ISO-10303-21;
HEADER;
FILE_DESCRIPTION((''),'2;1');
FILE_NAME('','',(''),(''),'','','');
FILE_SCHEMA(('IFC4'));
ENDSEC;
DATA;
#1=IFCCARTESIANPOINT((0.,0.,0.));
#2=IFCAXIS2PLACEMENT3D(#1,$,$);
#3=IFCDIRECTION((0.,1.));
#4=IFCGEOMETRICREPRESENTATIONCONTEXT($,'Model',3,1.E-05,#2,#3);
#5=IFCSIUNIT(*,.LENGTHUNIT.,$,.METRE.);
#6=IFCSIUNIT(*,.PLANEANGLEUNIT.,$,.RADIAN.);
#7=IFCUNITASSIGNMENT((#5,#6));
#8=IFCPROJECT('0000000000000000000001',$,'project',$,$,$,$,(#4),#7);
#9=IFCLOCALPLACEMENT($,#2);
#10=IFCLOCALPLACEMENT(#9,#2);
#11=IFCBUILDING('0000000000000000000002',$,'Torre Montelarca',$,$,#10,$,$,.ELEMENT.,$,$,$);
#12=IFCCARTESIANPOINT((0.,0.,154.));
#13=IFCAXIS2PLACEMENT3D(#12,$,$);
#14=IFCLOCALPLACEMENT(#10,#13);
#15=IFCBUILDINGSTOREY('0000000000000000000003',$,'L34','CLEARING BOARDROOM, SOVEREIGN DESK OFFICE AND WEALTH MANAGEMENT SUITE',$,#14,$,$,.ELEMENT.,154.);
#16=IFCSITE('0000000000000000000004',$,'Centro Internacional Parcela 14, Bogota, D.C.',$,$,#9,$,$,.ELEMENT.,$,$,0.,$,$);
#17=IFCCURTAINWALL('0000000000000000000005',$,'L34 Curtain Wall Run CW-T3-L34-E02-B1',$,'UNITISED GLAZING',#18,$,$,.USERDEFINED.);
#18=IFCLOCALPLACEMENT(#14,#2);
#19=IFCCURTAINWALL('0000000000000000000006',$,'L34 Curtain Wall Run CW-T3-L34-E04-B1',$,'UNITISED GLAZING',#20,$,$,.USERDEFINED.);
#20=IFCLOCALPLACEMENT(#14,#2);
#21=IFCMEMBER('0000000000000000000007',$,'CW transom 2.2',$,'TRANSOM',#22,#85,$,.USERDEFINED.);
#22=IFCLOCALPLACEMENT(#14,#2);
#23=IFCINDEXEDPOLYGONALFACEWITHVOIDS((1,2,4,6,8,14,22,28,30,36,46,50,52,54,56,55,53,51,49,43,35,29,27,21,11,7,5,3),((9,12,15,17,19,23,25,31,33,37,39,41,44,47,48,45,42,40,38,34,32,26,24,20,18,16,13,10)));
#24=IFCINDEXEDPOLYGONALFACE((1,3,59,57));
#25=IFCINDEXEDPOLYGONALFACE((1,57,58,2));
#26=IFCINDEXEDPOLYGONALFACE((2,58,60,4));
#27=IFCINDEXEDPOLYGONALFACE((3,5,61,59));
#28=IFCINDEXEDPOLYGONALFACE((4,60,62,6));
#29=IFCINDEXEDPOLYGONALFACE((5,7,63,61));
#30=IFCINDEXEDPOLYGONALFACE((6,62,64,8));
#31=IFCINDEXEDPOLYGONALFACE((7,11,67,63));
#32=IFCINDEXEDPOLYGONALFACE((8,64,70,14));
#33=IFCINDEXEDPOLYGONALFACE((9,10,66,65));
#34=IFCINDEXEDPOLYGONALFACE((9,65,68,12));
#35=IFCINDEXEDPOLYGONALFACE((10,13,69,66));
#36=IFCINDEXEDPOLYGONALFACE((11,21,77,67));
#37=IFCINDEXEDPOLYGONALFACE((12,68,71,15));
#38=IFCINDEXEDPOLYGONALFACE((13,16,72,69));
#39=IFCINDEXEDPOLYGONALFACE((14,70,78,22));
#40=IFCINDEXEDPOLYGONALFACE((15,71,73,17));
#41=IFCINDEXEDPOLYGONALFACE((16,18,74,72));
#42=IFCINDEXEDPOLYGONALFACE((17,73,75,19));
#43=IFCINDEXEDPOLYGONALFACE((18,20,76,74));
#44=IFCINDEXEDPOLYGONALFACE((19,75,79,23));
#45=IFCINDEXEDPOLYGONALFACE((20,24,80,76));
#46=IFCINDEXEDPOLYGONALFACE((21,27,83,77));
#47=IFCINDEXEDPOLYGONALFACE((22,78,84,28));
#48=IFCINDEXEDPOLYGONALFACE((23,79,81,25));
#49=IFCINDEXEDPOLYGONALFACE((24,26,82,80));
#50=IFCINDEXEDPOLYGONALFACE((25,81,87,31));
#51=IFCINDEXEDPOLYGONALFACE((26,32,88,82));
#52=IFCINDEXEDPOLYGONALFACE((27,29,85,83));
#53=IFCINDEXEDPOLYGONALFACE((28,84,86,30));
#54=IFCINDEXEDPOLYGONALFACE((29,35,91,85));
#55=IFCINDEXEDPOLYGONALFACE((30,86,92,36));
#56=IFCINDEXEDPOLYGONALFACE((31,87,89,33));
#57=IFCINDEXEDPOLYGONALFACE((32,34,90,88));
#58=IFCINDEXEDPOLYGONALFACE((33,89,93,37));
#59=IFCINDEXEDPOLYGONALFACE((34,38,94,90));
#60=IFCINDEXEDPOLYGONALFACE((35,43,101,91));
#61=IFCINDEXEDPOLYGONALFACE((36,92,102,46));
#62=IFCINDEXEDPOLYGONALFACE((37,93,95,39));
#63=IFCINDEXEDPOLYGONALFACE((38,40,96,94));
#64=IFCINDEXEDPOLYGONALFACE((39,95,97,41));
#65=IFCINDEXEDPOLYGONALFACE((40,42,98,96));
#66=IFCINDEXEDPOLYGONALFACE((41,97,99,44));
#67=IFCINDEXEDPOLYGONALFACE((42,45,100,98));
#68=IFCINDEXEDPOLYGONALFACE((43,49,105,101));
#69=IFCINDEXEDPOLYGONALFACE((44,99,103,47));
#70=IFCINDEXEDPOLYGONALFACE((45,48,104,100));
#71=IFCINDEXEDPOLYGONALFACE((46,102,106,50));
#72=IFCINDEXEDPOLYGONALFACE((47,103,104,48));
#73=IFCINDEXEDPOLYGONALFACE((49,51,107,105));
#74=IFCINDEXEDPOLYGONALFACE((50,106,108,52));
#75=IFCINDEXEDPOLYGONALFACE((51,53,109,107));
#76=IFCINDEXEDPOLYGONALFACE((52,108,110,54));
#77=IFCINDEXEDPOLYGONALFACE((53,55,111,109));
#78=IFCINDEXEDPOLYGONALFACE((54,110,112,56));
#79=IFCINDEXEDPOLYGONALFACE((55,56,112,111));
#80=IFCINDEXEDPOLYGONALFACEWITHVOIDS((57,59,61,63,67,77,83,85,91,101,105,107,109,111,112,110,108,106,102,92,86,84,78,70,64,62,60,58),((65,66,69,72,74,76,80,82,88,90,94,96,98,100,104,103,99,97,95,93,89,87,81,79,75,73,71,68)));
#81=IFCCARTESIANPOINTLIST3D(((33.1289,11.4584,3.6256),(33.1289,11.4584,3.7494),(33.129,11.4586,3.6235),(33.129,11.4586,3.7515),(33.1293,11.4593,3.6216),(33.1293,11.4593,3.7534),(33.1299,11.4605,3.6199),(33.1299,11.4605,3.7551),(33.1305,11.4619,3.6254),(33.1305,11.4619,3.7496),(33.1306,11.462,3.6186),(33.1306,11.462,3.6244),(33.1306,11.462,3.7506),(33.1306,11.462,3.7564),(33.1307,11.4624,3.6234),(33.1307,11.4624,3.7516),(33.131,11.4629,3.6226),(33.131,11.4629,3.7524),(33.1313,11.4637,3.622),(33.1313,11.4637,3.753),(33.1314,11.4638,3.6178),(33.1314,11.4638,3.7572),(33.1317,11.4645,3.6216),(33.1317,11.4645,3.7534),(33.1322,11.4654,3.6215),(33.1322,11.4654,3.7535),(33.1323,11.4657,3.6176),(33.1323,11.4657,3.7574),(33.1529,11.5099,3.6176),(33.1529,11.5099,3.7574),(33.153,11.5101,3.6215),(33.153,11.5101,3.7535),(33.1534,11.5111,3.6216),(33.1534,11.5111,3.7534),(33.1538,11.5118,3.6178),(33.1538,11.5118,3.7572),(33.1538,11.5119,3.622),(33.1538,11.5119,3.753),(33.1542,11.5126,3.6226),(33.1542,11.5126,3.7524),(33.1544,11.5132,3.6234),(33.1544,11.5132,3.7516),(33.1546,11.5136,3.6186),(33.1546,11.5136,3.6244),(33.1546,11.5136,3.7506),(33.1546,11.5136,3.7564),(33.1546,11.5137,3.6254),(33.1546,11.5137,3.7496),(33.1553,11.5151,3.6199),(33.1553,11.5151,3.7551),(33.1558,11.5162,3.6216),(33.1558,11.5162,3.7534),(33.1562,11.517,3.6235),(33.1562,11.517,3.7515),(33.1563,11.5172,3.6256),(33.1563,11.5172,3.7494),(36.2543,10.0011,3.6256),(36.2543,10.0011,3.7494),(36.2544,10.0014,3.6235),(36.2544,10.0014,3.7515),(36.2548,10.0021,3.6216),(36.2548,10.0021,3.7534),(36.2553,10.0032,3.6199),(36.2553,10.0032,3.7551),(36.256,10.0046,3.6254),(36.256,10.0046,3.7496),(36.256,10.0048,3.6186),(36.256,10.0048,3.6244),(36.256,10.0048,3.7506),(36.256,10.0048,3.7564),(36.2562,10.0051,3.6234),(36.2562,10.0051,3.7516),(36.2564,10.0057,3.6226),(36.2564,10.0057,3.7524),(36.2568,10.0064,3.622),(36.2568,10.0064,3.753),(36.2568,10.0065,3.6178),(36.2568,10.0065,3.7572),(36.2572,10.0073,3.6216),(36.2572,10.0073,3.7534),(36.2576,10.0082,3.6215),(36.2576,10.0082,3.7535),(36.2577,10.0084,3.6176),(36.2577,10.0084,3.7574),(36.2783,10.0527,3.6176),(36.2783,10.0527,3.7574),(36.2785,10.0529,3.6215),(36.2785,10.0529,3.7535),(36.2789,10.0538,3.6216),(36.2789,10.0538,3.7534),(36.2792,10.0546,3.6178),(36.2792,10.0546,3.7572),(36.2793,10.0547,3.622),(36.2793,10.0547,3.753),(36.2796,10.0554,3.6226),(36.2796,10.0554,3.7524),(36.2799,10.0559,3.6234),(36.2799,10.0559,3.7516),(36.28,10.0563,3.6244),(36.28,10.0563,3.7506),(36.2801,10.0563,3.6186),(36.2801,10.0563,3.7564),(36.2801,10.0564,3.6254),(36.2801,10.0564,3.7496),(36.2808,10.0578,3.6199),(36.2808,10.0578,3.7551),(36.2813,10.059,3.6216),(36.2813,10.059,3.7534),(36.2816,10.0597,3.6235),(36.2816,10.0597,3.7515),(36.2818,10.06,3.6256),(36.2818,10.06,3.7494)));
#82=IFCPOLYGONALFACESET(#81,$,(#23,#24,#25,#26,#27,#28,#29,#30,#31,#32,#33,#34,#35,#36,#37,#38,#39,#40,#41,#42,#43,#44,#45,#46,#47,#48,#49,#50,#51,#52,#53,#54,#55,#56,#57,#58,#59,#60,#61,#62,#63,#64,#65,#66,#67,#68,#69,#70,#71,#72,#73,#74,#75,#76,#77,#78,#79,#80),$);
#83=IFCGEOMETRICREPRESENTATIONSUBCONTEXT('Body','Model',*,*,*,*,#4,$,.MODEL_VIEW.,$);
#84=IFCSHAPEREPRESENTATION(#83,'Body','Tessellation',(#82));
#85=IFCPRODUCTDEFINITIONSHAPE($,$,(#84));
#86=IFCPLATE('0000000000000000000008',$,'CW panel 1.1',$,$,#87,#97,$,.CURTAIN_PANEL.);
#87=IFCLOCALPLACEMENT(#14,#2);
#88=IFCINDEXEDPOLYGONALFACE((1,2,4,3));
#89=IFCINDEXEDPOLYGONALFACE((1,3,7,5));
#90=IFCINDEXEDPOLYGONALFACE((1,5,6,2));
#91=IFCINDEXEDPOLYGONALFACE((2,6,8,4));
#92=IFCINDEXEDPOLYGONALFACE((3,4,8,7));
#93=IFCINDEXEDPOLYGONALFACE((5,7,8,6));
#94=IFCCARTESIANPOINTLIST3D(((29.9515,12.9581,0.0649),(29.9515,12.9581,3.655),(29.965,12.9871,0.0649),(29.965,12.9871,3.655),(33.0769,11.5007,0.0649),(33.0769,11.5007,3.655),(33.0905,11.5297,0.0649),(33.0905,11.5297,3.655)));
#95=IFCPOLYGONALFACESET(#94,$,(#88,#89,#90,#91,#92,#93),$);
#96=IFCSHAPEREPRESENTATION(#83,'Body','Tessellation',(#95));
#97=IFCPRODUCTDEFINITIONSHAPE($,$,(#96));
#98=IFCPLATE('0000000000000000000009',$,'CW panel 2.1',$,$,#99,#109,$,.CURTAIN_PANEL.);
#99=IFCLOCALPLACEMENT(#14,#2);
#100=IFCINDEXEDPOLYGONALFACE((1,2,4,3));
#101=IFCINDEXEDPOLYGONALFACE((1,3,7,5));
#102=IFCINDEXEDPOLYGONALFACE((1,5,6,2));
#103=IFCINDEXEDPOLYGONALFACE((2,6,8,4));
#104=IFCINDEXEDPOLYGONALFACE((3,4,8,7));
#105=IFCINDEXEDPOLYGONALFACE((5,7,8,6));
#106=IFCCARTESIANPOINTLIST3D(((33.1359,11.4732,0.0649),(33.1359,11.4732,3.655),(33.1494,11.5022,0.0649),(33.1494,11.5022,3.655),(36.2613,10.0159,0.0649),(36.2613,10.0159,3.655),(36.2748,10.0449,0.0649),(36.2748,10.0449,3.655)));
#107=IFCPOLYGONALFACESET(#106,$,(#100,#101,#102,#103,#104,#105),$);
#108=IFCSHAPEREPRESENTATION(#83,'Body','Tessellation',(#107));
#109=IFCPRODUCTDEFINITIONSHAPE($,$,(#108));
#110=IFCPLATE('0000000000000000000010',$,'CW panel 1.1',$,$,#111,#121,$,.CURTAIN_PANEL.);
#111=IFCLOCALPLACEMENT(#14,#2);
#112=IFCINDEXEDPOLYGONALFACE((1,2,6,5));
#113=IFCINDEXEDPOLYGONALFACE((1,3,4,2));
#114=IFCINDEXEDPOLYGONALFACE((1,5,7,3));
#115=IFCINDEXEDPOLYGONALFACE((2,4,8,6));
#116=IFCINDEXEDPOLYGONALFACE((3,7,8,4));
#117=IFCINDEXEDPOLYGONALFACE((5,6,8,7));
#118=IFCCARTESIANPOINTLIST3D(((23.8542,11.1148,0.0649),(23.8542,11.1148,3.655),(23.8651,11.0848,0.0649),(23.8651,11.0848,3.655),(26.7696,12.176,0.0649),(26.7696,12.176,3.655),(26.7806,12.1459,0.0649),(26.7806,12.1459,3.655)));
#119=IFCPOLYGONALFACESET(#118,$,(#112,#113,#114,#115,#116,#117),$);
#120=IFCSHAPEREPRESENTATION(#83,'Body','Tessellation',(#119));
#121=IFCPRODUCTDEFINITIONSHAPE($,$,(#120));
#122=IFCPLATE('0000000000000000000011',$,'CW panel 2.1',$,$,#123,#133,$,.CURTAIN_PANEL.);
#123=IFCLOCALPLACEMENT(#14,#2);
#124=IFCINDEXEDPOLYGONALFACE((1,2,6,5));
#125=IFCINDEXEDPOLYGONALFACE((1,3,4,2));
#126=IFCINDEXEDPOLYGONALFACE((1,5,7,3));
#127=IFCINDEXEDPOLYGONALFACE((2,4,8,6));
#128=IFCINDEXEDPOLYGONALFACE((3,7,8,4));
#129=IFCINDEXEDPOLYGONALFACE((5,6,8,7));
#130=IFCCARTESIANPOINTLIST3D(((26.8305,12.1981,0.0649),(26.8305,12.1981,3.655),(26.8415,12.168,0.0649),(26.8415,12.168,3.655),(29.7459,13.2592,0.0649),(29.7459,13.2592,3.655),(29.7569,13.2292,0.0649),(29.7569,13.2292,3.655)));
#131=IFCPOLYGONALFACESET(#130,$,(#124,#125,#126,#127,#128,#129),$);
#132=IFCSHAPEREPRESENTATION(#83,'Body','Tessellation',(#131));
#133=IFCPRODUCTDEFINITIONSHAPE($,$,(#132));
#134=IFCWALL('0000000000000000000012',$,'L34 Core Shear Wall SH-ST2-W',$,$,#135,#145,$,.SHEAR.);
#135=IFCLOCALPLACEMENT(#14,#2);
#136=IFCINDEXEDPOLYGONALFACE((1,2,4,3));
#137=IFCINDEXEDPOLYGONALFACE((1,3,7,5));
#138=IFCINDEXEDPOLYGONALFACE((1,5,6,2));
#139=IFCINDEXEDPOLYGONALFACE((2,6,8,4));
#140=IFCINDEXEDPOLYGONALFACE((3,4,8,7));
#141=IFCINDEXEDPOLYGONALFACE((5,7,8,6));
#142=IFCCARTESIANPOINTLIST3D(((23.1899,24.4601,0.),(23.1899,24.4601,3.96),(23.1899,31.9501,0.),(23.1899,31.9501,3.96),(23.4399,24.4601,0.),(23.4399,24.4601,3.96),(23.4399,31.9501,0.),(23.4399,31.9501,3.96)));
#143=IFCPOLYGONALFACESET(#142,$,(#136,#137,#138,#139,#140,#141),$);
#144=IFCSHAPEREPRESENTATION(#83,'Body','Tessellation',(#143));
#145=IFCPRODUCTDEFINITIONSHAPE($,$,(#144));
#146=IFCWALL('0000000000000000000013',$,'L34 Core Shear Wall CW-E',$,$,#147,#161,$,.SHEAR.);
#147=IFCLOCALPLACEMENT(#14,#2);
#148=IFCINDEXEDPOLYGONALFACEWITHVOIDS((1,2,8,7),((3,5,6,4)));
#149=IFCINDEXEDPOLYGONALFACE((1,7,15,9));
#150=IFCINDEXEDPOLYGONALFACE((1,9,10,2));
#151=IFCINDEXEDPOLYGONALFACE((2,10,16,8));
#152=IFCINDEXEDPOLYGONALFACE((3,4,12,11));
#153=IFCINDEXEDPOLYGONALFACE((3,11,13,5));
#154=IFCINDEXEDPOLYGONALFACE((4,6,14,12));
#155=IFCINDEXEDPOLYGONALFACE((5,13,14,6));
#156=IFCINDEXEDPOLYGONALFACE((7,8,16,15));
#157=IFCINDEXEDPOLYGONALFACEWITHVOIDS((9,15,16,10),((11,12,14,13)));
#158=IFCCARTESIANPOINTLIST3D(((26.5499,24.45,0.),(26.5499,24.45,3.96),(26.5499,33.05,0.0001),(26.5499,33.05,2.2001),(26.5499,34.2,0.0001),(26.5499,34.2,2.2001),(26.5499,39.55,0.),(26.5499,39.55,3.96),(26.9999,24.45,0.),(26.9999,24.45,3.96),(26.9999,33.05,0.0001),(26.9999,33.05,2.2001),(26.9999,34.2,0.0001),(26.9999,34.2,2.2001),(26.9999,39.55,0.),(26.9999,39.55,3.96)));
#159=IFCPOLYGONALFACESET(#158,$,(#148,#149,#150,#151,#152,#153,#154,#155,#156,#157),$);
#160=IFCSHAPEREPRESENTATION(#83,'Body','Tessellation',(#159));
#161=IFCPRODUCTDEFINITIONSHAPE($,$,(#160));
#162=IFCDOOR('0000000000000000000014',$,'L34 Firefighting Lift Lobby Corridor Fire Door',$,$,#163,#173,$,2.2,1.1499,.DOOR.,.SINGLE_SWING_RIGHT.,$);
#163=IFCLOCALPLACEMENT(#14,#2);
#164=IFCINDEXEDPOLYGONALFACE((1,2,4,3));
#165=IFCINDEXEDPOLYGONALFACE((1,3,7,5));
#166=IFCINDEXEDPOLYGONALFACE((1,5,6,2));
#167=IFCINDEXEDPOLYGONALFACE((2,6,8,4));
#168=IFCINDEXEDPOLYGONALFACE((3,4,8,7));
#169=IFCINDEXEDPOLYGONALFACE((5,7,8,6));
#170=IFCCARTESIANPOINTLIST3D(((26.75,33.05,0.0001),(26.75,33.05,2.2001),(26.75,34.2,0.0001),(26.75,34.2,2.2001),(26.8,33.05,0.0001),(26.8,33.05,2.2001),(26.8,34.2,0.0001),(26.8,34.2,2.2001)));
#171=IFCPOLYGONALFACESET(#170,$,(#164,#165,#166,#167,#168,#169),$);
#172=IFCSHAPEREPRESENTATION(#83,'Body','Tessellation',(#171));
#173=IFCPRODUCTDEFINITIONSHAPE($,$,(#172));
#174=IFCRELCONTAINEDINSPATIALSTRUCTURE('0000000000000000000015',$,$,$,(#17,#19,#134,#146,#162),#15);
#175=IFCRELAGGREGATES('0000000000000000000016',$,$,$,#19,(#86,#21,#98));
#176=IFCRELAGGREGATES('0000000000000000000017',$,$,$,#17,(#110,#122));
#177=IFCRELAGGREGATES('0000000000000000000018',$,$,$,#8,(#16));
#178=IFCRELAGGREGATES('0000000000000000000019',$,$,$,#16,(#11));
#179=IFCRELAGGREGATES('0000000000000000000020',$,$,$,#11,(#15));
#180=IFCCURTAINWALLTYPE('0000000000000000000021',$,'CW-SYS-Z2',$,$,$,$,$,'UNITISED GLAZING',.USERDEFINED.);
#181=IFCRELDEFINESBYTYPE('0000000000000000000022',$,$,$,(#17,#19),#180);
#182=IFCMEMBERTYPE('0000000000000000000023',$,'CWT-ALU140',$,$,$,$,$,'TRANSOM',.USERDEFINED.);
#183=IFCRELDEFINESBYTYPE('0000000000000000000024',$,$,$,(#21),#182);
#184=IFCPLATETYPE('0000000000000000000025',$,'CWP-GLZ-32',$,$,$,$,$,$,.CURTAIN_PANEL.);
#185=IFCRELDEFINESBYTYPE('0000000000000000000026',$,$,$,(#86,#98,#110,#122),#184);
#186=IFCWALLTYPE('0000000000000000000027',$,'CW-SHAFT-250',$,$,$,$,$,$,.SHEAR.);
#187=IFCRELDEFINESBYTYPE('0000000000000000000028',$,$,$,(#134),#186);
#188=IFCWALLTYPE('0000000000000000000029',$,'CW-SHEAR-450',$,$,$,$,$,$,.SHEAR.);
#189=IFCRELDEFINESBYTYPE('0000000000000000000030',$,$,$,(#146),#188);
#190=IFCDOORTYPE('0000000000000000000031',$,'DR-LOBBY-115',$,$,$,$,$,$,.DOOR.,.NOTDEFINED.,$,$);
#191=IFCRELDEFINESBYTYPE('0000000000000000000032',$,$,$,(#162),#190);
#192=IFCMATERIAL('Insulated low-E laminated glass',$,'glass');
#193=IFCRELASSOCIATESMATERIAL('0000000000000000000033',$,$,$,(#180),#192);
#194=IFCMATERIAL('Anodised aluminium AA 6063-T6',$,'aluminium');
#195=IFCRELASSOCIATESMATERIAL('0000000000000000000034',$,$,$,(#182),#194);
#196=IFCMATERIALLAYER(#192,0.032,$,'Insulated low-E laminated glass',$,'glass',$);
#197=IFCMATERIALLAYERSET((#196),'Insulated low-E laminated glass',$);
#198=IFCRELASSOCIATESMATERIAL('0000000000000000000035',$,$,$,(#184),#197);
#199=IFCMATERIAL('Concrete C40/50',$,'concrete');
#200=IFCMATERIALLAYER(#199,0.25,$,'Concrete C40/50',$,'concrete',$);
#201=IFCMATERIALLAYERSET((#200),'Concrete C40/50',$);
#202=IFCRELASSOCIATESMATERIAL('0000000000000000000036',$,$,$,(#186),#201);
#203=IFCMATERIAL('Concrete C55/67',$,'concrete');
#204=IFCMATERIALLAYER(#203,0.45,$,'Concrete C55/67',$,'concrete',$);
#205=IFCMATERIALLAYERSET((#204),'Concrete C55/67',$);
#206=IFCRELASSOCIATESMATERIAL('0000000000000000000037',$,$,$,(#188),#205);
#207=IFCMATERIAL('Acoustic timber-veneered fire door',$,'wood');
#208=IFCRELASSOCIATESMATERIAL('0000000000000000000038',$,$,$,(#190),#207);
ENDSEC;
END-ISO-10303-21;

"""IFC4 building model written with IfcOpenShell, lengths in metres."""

from ifc_helpers import new_model, si_unit, direction, frame, frame_2d, origin, origin_2d, place, context, subcontext, project, spatial, rectangle, hollow_rectangle, extrude, source, transform, mapped, material, layer, layer_set, material_profile, profile_set, type_object, element, fill, aggregate, save


model = new_model("IFC4")

# Units and contexts
model_context = context("Model", 3, precision=1e-05, world=origin(), true_north=direction((0.0, 1.0)))
body_context = subcontext(model_context, "Body", "Model", "MODEL_VIEW")
ifc_project = project(units=[si_unit("LENGTHUNIT", "METRE"), si_unit("PLANEANGLEUNIT", "RADIAN")], contexts=[model_context])

# Site, building, storey
site_placement = place(None, origin())
site = spatial("IfcSite", under=ifc_project, at=site_placement, Name="Centro Internacional Parcela 14, Bogota, D.C.", CompositionType="ELEMENT", RefElevation=0.0)
building_placement = place(site_placement, origin())
building = spatial("IfcBuilding", under=site, at=building_placement, Name="Torre Montelarca", CompositionType="ELEMENT")
storey_placement = place(building_placement, frame((0.0, 0.0, 154.0)))
storey = spatial("IfcBuildingStorey", under=building, at=storey_placement, Name="L34", Description="CLEARING BOARDROOM, SOVEREIGN DESK OFFICE AND WEALTH MANAGEMENT SUITE", CompositionType="ELEMENT", Elevation=154.0)

# Shared definitions
ifc_material_1 = material(Name="Concrete C55/67", Category="concrete")

# Curtain wall
ifc_material_2 = material(Name="Insulated low-E laminated glass", Category="glass")
curtain_wall_type = type_object("IfcCurtainWallType", Name="CW-SYS-Z2", ElementType="UNITISED GLAZING", PredefinedType="USERDEFINED", material=ifc_material_2)
curtain_wall_1_placement = place(storey_placement, origin())
curtain_wall_1 = element("IfcCurtainWall", 1, at=curtain_wall_1_placement, inside=storey, type_object=curtain_wall_type, Name="L34 Curtain Wall Run CW-T3-L34-E02-B1", ObjectType="UNITISED GLAZING", PredefinedType="USERDEFINED")
ifc_material_3 = material(Name="Anodised aluminium AA 6063-T6", Category="aluminium")
ifc_material_profile_1 = material_profile(ifc_material_3, hollow_rectangle(XDim=0.0649, YDim=0.1399, WallThickness=0.0039, InnerFilletRadius=0.0039, OuterFilletRadius=0.0081, at=origin_2d()), Name="ALU65X140X4", Category="aluminium")
ifc_profile_set_1 = profile_set([ifc_material_profile_1], Name="Anodised aluminium AA 6063-T6")
member_type_1 = type_object("IfcMemberType", Name="CWT-ALU140", ElementType="TRANSOM", PredefinedType="USERDEFINED", material=ifc_profile_set_1)

# Curtain wall, member, plates
curtain_wall_2_placement = place(storey_placement, origin())
curtain_wall_2 = element("IfcCurtainWall", 2, at=curtain_wall_2_placement, inside=storey, type_object=curtain_wall_type, Name="L34 Curtain Wall Run CW-T3-L34-E04-B1", ObjectType="UNITISED GLAZING", PredefinedType="USERDEFINED")
shared_shape_1 = source(origin(), body_context, "Body", "SweptSolid", [
    extrude(hollow_rectangle(XDim=0.0649, YDim=0.1399, WallThickness=0.0039, InnerFilletRadius=0.0039, OuterFilletRadius=0.0081, at=origin_2d()), origin(), (0.0, 0.0, 1.0), 3.4485),
])
member_1_placement = place(storey_placement, frame((33.1426, 11.4878, 3.6875), z_axis=(0.906326, -0.422579, 0.0), x_axis=(0.422579, 0.906326, 0.0)))
member_1 = element("IfcMember", 3, at=member_1_placement, type_object=member_type_1, Name="CW transom 2.2", ObjectType="TRANSOM", PredefinedType="USERDEFINED", context=body_context, shape_type="MappedRepresentation", body=[
    mapped(shared_shape_1, transform((0.0, 0.0, 0.0), scale=1.0)),
])
ifc_layer_1 = layer(ifc_material_2, 0.032, Name="Insulated low-E laminated glass", Category="glass")
ifc_layer_set_1 = layer_set([ifc_layer_1], Name="Insulated low-E laminated glass")
plate_type = type_object("IfcPlateType", Name="CWP-GLZ-32", PredefinedType="CURTAIN_PANEL", material=ifc_layer_set_1)
shared_shape_2 = source(origin(), body_context, "Body", "SweptSolid", [
    extrude(rectangle(XDim=3.4485, YDim=0.032, at=origin_2d()), origin(), (0.0, 0.0, 1.0), 3.5901),
])
plate_1_placement = place(storey_placement, frame((31.521, 12.2439, 0.0649), z_axis=(0.0, 0.0, 1.0), x_axis=(0.906315, -0.422602, 0.0)))
plate_1 = element("IfcPlate", 4, at=plate_1_placement, type_object=plate_type, Name="CW panel 1.1", PredefinedType="CURTAIN_PANEL", context=body_context, shape_type="MappedRepresentation", body=[
    mapped(shared_shape_2, transform((0.0, 0.0, 0.0), scale=1.0)),
])
plate_2_placement = place(storey_placement, frame((34.7053, 10.759, 0.0649), z_axis=(0.0, 0.0, 1.0), x_axis=(0.906315, -0.422602, 0.0)))
plate_2 = element("IfcPlate", 5, at=plate_2_placement, type_object=plate_type, Name="CW panel 2.1", PredefinedType="CURTAIN_PANEL", context=body_context, shape_type="MappedRepresentation", body=[
    mapped(shared_shape_2, transform((0.0, 0.0, 0.0), scale=1.0)),
])
aggregate(curtain_wall_2, [plate_1, member_1, plate_2])

# Plates
shared_shape_3 = source(origin(), body_context, "Body", "SweptSolid", [
    extrude(rectangle(XDim=3.1025, YDim=0.032, at=origin_2d()), origin(), (0.0, 0.0, 1.0), 3.5901),
])
plate_3_placement = place(storey_placement, frame((25.3174, 11.6304, 0.0649), z_axis=(0.0, 0.0, 1.0), x_axis=(0.939693, 0.342018, 0.0)))
plate_3 = element("IfcPlate", 6, at=plate_3_placement, type_object=plate_type, Name="CW panel 1.1", PredefinedType="CURTAIN_PANEL", context=body_context, shape_type="MappedRepresentation", body=[
    mapped(shared_shape_3, transform((0.0, 0.0, 0.0), scale=1.0)),
])
plate_4_placement = place(storey_placement, frame((28.2937, 12.7136, 0.0649), z_axis=(0.0, 0.0, 1.0), x_axis=(0.939693, 0.342018, 0.0)))
plate_4 = element("IfcPlate", 7, at=plate_4_placement, type_object=plate_type, Name="CW panel 2.1", PredefinedType="CURTAIN_PANEL", context=body_context, shape_type="MappedRepresentation", body=[
    mapped(shared_shape_3, transform((0.0, 0.0, 0.0), scale=1.0)),
])
aggregate(curtain_wall_1, [plate_3, plate_4])

# Wall
ifc_material_4 = material(Name="Concrete C40/50", Category="concrete")
ifc_layer_2 = layer(ifc_material_4, 0.25, Name="Concrete C40/50", Category="concrete")
ifc_layer_set_2 = layer_set([ifc_layer_2], Name="Concrete C40/50")
wall_type_1 = type_object("IfcWallType", Name="CW-SHAFT-250", PredefinedType="SHEAR", material=ifc_layer_set_2)
wall_1_placement = place(storey_placement, frame((23.3149, 24.46, 0.0), z_axis=(0.0, 0.0, 1.0), x_axis=(0.0, 1.0, 0.0)))
element("IfcWall", 8, at=wall_1_placement, inside=storey, type_object=wall_type_1, Name="L34 Core Shear Wall SH-ST2-W", PredefinedType="SHEAR", context=body_context, shape_type="SweptSolid", body=[
    extrude(rectangle(XDim=7.49, YDim=0.25, at=frame_2d((3.7451, 0.0))), origin(), (0.0, 0.0, 1.0), 3.96),
])

# Wall, opening, door
ifc_layer_3 = layer(ifc_material_1, 0.45, Name="Concrete C55/67", Category="concrete")
ifc_layer_set_3 = layer_set([ifc_layer_3], Name="Concrete C55/67")
wall_type_2 = type_object("IfcWallType", Name="CW-SHEAR-450", PredefinedType="SHEAR", material=ifc_layer_set_3)
wall_2_placement = place(storey_placement, frame((26.7749, 24.45, 0.0), z_axis=(0.0, 0.0, 1.0), x_axis=(0.0, 1.0, 0.0)))
wall_2 = element("IfcWall", 9, at=wall_2_placement, inside=storey, type_object=wall_type_2, Name="L34 Core Shear Wall CW-E", PredefinedType="SHEAR", context=body_context, shape_type="SweptSolid", body=[
    extrude(rectangle(XDim=15.1001, YDim=0.45, at=frame_2d((7.55, 0.0))), origin(), (0.0, 0.0, 1.0), 3.96),
])
opening_placement = place(wall_2_placement, frame((8.6001, 0.0, 0.0)))
opening = element("IfcOpeningElement", 10, at=opening_placement, cuts=wall_2, PredefinedType="OPENING", context=body_context, shape_type="SweptSolid", body=[
    extrude(rectangle(XDim=1.1499, YDim=2.2, at=frame_2d((0.575, 1.1001))), frame((0.0, 0.2349, 0.0), z_axis=(0.0, -1.0, 0.0), x_axis=(1.0, 0.0, 0.0)), (0.0, 0.0, 1.0), 0.47),
])
ifc_material_5 = material(Name="Acoustic timber-veneered fire door", Category="wood")
door_type = type_object("IfcDoorType", Name="DR-LOBBY-115", OperationType="NOTDEFINED", PredefinedType="DOOR", material=ifc_material_5)
shared_shape_4 = source(origin(), body_context, "Body", "SweptSolid", [
    extrude(rectangle(XDim=1.1499, YDim=2.2, at=frame_2d((0.575, 1.1001))), frame((0.0, 0.0249, 0.0), z_axis=(0.0, -1.0, 0.0), x_axis=(1.0, 0.0, 0.0)), (0.0, 0.0, 1.0), 0.05),
])
door_placement = place(opening_placement, origin())
door = element("IfcDoor", 11, at=door_placement, inside=storey, type_object=door_type, Name="L34 Firefighting Lift Lobby Corridor Fire Door", OperationType="SINGLE_SWING_RIGHT", OverallHeight=2.2, OverallWidth=1.1499, PredefinedType="DOOR", context=body_context, shape_type="MappedRepresentation", body=[
    mapped(shared_shape_4, transform((0.0, 0.0, 0.0), scale=1.0)),
])
fill(opening, door)

save(model, "model.ifc")
